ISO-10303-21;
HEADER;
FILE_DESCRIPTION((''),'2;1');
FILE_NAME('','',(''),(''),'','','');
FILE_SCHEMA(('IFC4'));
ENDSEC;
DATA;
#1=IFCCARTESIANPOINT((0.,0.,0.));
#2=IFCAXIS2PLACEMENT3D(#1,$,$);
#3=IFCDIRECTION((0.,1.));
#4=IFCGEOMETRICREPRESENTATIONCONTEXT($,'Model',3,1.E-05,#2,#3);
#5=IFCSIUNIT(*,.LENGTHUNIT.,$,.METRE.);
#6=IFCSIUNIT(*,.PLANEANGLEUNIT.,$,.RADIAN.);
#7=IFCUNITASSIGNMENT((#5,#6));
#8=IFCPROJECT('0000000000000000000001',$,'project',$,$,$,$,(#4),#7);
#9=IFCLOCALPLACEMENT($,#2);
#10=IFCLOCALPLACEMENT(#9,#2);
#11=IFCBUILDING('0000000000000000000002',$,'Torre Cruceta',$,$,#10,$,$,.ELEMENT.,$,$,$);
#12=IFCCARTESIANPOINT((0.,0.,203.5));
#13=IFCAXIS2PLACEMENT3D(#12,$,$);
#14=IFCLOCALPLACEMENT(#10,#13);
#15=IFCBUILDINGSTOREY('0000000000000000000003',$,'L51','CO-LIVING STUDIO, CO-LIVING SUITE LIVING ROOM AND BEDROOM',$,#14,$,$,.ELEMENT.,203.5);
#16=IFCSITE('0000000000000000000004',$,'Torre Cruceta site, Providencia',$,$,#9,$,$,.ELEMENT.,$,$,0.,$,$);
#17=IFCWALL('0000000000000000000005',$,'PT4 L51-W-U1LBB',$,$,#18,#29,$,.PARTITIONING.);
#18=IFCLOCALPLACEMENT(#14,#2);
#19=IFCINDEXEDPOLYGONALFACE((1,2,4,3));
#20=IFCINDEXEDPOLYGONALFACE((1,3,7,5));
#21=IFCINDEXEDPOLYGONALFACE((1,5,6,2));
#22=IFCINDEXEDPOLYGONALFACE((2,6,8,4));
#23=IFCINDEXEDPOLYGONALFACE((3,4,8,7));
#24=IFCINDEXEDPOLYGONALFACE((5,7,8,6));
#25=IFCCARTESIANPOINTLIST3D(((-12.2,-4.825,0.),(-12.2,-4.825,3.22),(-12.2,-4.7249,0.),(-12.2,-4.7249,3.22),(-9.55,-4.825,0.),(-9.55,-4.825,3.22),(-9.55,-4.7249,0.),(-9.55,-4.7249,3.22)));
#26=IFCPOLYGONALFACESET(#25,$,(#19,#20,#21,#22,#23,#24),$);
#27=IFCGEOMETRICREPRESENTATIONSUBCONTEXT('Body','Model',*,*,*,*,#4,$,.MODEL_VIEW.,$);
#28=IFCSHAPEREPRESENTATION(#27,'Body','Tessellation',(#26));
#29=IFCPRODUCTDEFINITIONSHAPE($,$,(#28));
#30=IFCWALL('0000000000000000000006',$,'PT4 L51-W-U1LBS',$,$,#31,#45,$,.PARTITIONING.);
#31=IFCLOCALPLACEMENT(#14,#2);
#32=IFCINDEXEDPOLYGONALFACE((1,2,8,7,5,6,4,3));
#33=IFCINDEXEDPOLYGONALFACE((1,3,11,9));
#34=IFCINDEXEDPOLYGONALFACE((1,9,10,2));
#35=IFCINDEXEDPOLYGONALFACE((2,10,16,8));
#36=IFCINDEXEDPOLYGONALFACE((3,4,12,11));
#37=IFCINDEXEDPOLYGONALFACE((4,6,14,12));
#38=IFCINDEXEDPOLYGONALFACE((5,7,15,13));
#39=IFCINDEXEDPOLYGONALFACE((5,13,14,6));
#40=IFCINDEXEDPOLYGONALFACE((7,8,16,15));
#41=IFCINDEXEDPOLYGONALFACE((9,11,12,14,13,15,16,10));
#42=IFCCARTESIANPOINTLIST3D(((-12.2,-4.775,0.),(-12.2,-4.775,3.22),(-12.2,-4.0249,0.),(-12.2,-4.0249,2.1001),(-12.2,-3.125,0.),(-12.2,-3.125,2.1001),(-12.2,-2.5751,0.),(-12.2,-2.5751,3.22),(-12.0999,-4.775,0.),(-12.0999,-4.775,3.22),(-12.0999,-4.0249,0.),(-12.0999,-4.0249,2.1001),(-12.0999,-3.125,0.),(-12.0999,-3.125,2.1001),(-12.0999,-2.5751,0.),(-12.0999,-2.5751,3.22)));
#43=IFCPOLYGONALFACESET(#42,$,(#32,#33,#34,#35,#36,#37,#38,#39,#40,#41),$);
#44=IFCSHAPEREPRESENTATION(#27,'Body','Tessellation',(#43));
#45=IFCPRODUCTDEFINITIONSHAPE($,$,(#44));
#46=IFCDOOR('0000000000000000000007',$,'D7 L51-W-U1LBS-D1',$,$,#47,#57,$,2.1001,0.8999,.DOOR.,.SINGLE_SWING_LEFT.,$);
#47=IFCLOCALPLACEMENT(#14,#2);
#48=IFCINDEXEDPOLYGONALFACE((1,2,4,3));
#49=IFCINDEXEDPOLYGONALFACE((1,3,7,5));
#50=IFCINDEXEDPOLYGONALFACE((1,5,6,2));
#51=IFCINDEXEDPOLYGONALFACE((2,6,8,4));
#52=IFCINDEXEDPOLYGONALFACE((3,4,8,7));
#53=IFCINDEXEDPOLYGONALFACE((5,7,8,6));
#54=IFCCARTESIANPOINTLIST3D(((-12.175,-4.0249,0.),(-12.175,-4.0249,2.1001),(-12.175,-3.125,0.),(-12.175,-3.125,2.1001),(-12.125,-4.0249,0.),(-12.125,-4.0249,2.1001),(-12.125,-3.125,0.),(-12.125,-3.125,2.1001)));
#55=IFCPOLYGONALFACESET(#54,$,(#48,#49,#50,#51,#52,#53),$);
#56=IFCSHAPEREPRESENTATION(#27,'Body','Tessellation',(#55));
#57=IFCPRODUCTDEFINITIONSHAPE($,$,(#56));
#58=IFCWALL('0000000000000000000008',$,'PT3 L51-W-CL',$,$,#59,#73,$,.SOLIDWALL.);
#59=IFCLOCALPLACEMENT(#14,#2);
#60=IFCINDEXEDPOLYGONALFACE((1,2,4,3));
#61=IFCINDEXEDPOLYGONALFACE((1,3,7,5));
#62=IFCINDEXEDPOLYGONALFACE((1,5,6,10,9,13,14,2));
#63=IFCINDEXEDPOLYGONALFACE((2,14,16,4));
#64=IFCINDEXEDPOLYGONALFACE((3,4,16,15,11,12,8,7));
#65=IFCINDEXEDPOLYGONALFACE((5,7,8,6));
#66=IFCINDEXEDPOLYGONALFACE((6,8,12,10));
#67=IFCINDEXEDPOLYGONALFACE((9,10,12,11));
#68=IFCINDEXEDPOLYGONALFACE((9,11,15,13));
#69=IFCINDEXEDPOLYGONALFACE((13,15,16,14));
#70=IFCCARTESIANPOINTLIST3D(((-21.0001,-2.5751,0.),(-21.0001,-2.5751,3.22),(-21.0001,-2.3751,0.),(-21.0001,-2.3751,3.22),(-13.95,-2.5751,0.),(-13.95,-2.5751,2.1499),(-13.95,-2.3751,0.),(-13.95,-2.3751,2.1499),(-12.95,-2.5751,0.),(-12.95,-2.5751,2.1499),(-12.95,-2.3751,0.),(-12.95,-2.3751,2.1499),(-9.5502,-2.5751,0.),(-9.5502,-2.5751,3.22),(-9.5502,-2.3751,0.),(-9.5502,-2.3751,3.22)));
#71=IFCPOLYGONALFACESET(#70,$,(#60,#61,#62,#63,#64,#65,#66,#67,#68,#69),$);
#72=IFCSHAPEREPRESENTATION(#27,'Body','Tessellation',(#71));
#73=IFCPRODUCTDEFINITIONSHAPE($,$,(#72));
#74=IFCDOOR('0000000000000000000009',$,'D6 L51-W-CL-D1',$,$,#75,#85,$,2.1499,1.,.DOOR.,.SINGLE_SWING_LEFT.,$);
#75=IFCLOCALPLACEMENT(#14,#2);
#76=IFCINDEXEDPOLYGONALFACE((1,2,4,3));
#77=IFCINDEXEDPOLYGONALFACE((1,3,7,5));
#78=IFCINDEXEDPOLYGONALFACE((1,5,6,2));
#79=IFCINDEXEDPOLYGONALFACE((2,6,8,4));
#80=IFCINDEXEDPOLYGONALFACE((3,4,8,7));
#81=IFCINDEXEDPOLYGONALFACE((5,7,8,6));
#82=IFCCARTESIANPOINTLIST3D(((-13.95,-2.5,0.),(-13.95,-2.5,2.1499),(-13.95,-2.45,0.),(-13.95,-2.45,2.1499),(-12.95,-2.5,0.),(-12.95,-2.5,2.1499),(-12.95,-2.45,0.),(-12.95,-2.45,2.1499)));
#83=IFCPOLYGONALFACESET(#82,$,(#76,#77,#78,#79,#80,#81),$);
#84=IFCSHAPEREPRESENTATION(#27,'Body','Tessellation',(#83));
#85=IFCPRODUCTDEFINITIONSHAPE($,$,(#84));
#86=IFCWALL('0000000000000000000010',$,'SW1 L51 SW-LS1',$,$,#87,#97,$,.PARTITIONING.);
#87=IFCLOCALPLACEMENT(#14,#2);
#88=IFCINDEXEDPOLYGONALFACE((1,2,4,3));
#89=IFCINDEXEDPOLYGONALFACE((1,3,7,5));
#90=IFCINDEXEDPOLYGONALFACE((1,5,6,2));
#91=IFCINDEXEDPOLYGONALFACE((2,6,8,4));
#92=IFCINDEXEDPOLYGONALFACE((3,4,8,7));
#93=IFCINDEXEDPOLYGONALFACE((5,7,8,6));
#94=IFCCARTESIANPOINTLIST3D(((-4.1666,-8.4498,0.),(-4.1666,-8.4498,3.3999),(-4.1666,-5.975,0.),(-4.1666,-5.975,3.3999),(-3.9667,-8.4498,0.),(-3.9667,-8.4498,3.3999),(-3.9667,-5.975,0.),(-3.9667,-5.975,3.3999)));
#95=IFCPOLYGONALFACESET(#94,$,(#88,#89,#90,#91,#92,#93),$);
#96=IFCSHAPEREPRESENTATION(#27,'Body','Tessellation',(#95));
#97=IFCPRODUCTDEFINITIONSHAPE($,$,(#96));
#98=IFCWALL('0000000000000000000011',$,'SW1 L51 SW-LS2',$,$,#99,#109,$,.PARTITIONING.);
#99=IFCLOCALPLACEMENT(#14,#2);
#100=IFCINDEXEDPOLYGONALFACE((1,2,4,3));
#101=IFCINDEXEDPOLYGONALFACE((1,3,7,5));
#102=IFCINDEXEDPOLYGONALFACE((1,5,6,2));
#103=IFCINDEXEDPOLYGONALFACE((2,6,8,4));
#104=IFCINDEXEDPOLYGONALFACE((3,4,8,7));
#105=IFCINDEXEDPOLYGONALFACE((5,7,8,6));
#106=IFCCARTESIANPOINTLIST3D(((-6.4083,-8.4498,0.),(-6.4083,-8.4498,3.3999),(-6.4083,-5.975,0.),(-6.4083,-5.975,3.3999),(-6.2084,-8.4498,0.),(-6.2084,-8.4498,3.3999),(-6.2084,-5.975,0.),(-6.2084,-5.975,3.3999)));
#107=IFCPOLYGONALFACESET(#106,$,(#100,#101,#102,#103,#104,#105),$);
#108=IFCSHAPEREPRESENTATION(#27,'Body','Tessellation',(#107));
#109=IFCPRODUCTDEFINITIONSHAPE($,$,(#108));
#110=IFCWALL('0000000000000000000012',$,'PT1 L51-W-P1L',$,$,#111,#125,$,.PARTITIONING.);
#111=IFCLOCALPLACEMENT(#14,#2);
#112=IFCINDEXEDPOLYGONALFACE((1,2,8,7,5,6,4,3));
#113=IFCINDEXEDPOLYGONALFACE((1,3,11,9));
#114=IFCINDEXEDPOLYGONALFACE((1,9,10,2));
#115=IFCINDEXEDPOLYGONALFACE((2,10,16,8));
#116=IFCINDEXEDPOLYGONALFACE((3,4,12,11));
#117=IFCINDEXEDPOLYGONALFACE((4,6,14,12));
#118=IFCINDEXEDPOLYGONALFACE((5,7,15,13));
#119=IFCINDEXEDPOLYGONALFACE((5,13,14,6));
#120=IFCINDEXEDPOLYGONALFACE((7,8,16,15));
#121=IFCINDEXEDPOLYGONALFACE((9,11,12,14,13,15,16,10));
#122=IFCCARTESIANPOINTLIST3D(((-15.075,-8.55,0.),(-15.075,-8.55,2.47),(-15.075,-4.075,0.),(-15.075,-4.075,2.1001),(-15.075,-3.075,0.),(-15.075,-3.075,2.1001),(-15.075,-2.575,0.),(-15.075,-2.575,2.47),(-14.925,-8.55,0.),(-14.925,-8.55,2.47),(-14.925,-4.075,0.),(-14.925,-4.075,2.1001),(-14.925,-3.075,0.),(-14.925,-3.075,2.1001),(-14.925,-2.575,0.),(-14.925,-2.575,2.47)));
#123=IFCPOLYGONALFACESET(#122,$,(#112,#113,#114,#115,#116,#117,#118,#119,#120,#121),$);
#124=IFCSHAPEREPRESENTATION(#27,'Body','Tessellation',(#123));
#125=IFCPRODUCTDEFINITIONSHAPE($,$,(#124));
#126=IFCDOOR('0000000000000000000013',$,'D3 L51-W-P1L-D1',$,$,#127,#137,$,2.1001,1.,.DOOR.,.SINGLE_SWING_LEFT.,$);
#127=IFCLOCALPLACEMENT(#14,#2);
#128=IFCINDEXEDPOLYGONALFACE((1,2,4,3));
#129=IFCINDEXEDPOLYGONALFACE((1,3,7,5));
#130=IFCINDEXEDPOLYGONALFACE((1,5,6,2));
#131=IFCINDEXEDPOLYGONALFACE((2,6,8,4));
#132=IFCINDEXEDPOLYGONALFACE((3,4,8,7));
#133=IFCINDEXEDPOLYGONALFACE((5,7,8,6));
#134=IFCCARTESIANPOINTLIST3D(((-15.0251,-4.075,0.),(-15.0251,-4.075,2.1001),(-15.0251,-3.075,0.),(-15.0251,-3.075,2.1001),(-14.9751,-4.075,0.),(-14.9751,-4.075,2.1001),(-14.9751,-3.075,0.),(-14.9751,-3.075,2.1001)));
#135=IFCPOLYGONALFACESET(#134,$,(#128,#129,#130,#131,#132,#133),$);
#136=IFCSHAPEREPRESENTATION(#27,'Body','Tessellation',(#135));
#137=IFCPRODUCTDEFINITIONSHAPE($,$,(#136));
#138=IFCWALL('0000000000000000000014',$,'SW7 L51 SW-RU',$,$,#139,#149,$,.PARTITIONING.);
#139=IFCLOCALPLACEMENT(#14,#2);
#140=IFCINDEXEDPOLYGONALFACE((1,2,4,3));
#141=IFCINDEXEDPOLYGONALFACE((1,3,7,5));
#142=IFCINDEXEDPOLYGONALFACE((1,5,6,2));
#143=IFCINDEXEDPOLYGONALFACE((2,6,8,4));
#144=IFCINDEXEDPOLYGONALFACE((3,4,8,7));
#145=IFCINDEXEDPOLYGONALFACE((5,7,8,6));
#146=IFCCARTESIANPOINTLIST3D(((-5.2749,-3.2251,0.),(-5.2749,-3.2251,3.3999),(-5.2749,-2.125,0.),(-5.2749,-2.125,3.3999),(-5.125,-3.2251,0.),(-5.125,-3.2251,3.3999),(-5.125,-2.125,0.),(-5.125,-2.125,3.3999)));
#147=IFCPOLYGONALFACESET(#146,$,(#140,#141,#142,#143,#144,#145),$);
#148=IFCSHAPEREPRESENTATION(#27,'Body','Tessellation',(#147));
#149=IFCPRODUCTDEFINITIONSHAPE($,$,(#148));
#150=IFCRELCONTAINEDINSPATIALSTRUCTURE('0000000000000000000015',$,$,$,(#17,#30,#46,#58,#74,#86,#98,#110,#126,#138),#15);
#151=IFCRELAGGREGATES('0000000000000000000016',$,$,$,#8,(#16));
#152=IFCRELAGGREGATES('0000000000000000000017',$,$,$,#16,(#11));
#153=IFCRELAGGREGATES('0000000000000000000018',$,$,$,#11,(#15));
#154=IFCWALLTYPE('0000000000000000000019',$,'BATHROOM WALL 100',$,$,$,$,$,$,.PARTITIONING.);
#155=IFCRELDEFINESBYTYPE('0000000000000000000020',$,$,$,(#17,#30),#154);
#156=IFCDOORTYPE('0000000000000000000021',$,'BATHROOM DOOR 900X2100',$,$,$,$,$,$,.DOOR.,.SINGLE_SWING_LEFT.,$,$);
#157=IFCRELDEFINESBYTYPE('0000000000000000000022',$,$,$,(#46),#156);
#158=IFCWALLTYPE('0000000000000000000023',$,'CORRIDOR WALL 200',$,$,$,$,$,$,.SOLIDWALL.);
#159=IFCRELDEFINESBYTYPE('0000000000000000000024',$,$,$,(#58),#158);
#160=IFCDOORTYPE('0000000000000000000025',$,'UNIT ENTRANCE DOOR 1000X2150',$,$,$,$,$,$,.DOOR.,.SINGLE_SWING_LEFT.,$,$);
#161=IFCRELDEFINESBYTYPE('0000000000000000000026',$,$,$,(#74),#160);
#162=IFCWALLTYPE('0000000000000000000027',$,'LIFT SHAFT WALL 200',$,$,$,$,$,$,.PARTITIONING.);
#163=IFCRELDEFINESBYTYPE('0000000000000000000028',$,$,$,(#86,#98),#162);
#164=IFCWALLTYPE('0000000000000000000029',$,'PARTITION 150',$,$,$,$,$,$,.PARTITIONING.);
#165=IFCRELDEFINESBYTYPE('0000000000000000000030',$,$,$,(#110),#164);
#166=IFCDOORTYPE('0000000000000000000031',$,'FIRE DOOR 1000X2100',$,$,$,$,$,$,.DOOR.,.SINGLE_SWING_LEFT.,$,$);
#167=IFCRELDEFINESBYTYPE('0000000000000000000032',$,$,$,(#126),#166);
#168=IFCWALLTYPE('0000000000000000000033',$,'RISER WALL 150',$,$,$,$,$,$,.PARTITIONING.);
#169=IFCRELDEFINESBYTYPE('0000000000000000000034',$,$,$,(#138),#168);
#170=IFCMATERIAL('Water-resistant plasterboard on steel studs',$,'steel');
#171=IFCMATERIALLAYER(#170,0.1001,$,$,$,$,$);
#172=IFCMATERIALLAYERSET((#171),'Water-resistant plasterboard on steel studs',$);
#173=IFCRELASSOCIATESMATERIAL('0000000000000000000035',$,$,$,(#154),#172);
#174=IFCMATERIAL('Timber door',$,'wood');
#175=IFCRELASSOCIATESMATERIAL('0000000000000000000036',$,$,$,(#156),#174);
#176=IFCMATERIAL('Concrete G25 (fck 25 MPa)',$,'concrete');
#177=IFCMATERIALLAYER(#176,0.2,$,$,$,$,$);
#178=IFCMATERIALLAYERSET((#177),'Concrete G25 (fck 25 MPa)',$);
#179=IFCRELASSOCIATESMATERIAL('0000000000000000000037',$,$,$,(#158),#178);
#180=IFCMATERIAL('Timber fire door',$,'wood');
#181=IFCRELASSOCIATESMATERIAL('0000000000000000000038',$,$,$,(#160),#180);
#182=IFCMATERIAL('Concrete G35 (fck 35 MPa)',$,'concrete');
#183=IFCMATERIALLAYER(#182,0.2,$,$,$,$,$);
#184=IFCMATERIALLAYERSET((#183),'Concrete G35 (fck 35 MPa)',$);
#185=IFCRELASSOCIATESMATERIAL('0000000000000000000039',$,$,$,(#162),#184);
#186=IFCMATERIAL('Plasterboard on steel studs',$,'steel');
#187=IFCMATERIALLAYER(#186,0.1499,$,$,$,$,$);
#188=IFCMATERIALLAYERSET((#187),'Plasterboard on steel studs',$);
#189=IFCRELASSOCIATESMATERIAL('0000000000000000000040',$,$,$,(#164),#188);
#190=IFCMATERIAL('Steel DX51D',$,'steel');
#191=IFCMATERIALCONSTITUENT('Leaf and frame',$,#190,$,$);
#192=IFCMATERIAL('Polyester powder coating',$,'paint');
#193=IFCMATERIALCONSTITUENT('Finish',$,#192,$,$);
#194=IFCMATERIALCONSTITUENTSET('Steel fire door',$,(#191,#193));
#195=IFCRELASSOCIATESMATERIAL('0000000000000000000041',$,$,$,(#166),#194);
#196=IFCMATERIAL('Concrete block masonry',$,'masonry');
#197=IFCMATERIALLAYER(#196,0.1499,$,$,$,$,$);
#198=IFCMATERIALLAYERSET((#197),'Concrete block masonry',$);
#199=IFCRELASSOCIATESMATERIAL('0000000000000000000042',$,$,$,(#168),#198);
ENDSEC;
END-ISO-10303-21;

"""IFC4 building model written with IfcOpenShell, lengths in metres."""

from ifc_helpers import new_model, si_unit, direction, frame, frame_2d, origin, place, context, subcontext, project, spatial, rectangle, extrude, material, layer, layer_set, constituent, constituent_set, type_object, element, fill, save


model = new_model("IFC4")

# Units and contexts
model_context = context("Model", 3, precision=1e-05, world=origin(), true_north=direction((0.0, 1.0)))
body_context = subcontext(model_context, "Body", "Model", "MODEL_VIEW")
ifc_project = project(units=[si_unit("LENGTHUNIT", "METRE"), si_unit("PLANEANGLEUNIT", "RADIAN")], contexts=[model_context])

# Site, building, storey
site_placement = place(None, origin())
site = spatial("IfcSite", under=ifc_project, at=site_placement, Name="Torre Cruceta site, Providencia", CompositionType="ELEMENT", RefElevation=0.0)
building_placement = place(site_placement, origin())
building = spatial("IfcBuilding", under=site, at=building_placement, Name="Torre Cruceta", CompositionType="ELEMENT")
storey_placement = place(building_placement, frame((0.0, 0.0, 203.5)))
storey = spatial("IfcBuildingStorey", under=building, at=storey_placement, Name="L51", Description="CO-LIVING STUDIO, CO-LIVING SUITE LIVING ROOM AND BEDROOM", CompositionType="ELEMENT", Elevation=203.5)

# Wall
ifc_material_1 = material(Name="Water-resistant plasterboard on steel studs", Category="steel")
ifc_layer_1 = layer(ifc_material_1, 0.1001)
ifc_layer_set_1 = layer_set([ifc_layer_1], Name="Water-resistant plasterboard on steel studs")
wall_type_1 = type_object("IfcWallType", Name="BATHROOM WALL 100", PredefinedType="PARTITIONING", material=ifc_layer_set_1)
wall_1_placement = place(storey_placement, frame((-9.55, -4.7749, 0.0), z_axis=(0.0, 0.0, 1.0), x_axis=(-1.0, 0.0, 0.0)))
element("IfcWall", 1, at=wall_1_placement, inside=storey, type_object=wall_type_1, Name="PT4 L51-W-U1LBB", PredefinedType="PARTITIONING", context=body_context, shape_type="SweptSolid", body=[
    extrude(rectangle(XDim=2.6499, YDim=0.1001, at=frame_2d((1.325, 0.0))), origin(), (0.0, 0.0, 1.0), 3.22),
])

# Walls, openings, doors
wall_2_placement = place(storey_placement, frame((-12.1499, -2.575, 0.0), z_axis=(0.0, 0.0, 1.0), x_axis=(0.0, -1.0, 0.0)))
wall_2 = element("IfcWall", 2, at=wall_2_placement, inside=storey, type_object=wall_type_1, Name="PT4 L51-W-U1LBS", PredefinedType="PARTITIONING", context=body_context, shape_type="SweptSolid", body=[
    extrude(rectangle(XDim=2.2, YDim=0.1001, at=frame_2d((1.1001, 0.0))), origin(), (0.0, 0.0, 1.0), 3.22),
])
opening_1_placement = place(wall_2_placement, frame((0.55, 0.0, 0.0)))
opening_1 = element("IfcOpeningElement", 3, at=opening_1_placement, cuts=wall_2, PredefinedType="OPENING", context=body_context, shape_type="SweptSolid", body=[
    extrude(rectangle(XDim=0.8999, YDim=2.1001, at=frame_2d((0.45, 1.05))), frame((0.0, 0.0601, 0.0), z_axis=(0.0, -1.0, 0.0), x_axis=(1.0, 0.0, 0.0)), (0.0, 0.0, 1.0), 0.1201),
])
ifc_material_2 = material(Name="Timber door", Category="wood")
door_type_1 = type_object("IfcDoorType", Name="BATHROOM DOOR 900X2100", OperationType="SINGLE_SWING_LEFT", PredefinedType="DOOR", material=ifc_material_2)
door_1_placement = place(opening_1_placement, origin())
door_1 = element("IfcDoor", 4, at=door_1_placement, inside=storey, type_object=door_type_1, Name="D7 L51-W-U1LBS-D1", OperationType="SINGLE_SWING_LEFT", OverallHeight=2.1001, OverallWidth=0.8999, PredefinedType="DOOR", context=body_context, shape_type="SweptSolid", body=[
    extrude(rectangle(XDim=0.8999, YDim=2.1001, at=frame_2d((0.45, 1.05))), frame((0.0, 0.0249, 0.0), z_axis=(0.0, -1.0, 0.0), x_axis=(1.0, 0.0, 0.0)), (0.0, 0.0, 1.0), 0.05),
])
fill(opening_1, door_1)
ifc_material_3 = material(Name="Concrete G25 (fck 25 MPa)", Category="concrete")
ifc_layer_2 = layer(ifc_material_3, 0.2)
ifc_layer_set_2 = layer_set([ifc_layer_2], Name="Concrete G25 (fck 25 MPa)")
wall_type_2 = type_object("IfcWallType", Name="CORRIDOR WALL 200", PredefinedType="SOLIDWALL", material=ifc_layer_set_2)
wall_3_placement = place(storey_placement, frame((-9.55, -2.4751, 0.0), z_axis=(0.0, 0.0, 1.0), x_axis=(-1.0, 0.0, 0.0)))
wall_3 = element("IfcWall", 5, at=wall_3_placement, inside=storey, type_object=wall_type_2, Name="PT3 L51-W-CL", PredefinedType="SOLIDWALL", context=body_context, shape_type="SweptSolid", body=[
    extrude(rectangle(XDim=11.45, YDim=0.2, at=frame_2d((5.7251, 0.0))), origin(), (0.0, 0.0, 1.0), 3.22),
])
opening_2_placement = place(wall_3_placement, frame((3.3999, 0.0, 0.0)))
opening_2 = element("IfcOpeningElement", 6, at=opening_2_placement, cuts=wall_3, PredefinedType="OPENING", context=body_context, shape_type="SweptSolid", body=[
    extrude(rectangle(XDim=1.0, YDim=2.1499, at=frame_2d((0.5, 1.075))), frame((0.0, 0.1099, 0.0), z_axis=(0.0, -1.0, 0.0), x_axis=(1.0, 0.0, 0.0)), (0.0, 0.0, 1.0), 0.22),
])
ifc_material_4 = material(Name="Timber fire door", Category="wood")
door_type_2 = type_object("IfcDoorType", Name="UNIT ENTRANCE DOOR 1000X2150", OperationType="SINGLE_SWING_LEFT", PredefinedType="DOOR", material=ifc_material_4)
door_2_placement = place(opening_2_placement, origin())
door_2 = element("IfcDoor", 7, at=door_2_placement, inside=storey, type_object=door_type_2, Name="D6 L51-W-CL-D1", OperationType="SINGLE_SWING_LEFT", OverallHeight=2.1499, OverallWidth=1.0, PredefinedType="DOOR", context=body_context, shape_type="SweptSolid", body=[
    extrude(rectangle(XDim=1.0, YDim=2.1499, at=frame_2d((0.5, 1.075))), frame((0.0, 0.0249, 0.0), z_axis=(0.0, -1.0, 0.0), x_axis=(1.0, 0.0, 0.0)), (0.0, 0.0, 1.0), 0.05),
])
fill(opening_2, door_2)

# Walls
ifc_material_5 = material(Name="Concrete G35 (fck 35 MPa)", Category="concrete")
ifc_layer_3 = layer(ifc_material_5, 0.2)
ifc_layer_set_3 = layer_set([ifc_layer_3], Name="Concrete G35 (fck 35 MPa)")
wall_type_3 = type_object("IfcWallType", Name="LIFT SHAFT WALL 200", PredefinedType="PARTITIONING", material=ifc_layer_set_3)
for number, where, z_axis, x_axis, name in (
    (8, (-4.0667, -5.9751, 0.0), (0.0, 0.0, 1.0), (0.0, -1.0, 0.0), "SW1 L51 SW-LS1"),
    (9, (-6.3083, -5.9751, 0.0), (0.0, 0.0, 1.0), (0.0, -1.0, 0.0), "SW1 L51 SW-LS2"),
):
    element("IfcWall", number, at=place(storey_placement, frame(where, z_axis=z_axis, x_axis=x_axis)), inside=storey, type_object=wall_type_3, Name=name, PredefinedType="PARTITIONING", context=body_context, shape_type="SweptSolid", body=[
        extrude(rectangle(XDim=2.4749, YDim=0.2, at=frame_2d((1.2373, 0.0))), origin(), (0.0, 0.0, 1.0), 3.3999),
    ])

# Wall, opening, door
ifc_material_6 = material(Name="Plasterboard on steel studs", Category="steel")
ifc_layer_4 = layer(ifc_material_6, 0.1499)
ifc_layer_set_4 = layer_set([ifc_layer_4], Name="Plasterboard on steel studs")
wall_type_4 = type_object("IfcWallType", Name="PARTITION 150", PredefinedType="PARTITIONING", material=ifc_layer_set_4)
wall_4_placement = place(storey_placement, frame((-15.0, -2.575, 0.0), z_axis=(0.0, 0.0, 1.0), x_axis=(0.0, -1.0, 0.0)))
wall_4 = element("IfcWall", 10, at=wall_4_placement, inside=storey, type_object=wall_type_4, Name="PT1 L51-W-P1L", PredefinedType="PARTITIONING", context=body_context, shape_type="SweptSolid", body=[
    extrude(rectangle(XDim=5.9751, YDim=0.1499, at=frame_2d((2.9875, 0.0))), origin(), (0.0, 0.0, 1.0), 2.47),
])
opening_3_placement = place(wall_4_placement, frame((0.5, 0.0, 0.0)))
opening_3 = element("IfcOpeningElement", 11, at=opening_3_placement, cuts=wall_4, PredefinedType="OPENING", context=body_context, shape_type="SweptSolid", body=[
    extrude(rectangle(XDim=1.0, YDim=2.1001, at=frame_2d((0.5, 1.05))), frame((0.0, 0.085, 0.0), z_axis=(0.0, -1.0, 0.0), x_axis=(1.0, 0.0, 0.0)), (0.0, 0.0, 1.0), 0.1699),
])
ifc_material_7 = material(Name="Steel DX51D", Category="steel")
ifc_constituent_1 = constituent(ifc_material_7, Name="Leaf and frame")
ifc_material_8 = material(Name="Polyester powder coating", Category="paint")
ifc_constituent_2 = constituent(ifc_material_8, Name="Finish")
ifc_constituent_set_1 = constituent_set(constituents=[ifc_constituent_1, ifc_constituent_2], Name="Steel fire door")
door_type_3 = type_object("IfcDoorType", Name="FIRE DOOR 1000X2100", OperationType="SINGLE_SWING_LEFT", PredefinedType="DOOR", material=ifc_constituent_set_1)
door_3_placement = place(opening_3_placement, origin())
door_3 = element("IfcDoor", 12, at=door_3_placement, inside=storey, type_object=door_type_3, Name="D3 L51-W-P1L-D1", OperationType="SINGLE_SWING_LEFT", OverallHeight=2.1001, OverallWidth=1.0, PredefinedType="DOOR", context=body_context, shape_type="SweptSolid", body=[
    extrude(rectangle(XDim=1.0, YDim=2.1001, at=frame_2d((0.5, 1.05))), frame((0.0, 0.0249, 0.0), z_axis=(0.0, -1.0, 0.0), x_axis=(1.0, 0.0, 0.0)), (0.0, 0.0, 1.0), 0.05),
])
fill(opening_3, door_3)

# Wall
ifc_material_9 = material(Name="Concrete block masonry", Category="masonry")
ifc_layer_5 = layer(ifc_material_9, 0.1499)
ifc_layer_set_5 = layer_set([ifc_layer_5], Name="Concrete block masonry")
wall_type_5 = type_object("IfcWallType", Name="RISER WALL 150", PredefinedType="PARTITIONING", material=ifc_layer_set_5)
wall_5_placement = place(storey_placement, frame((-5.2, -2.125, 0.0), z_axis=(0.0, 0.0, 1.0), x_axis=(0.0, -1.0, 0.0)))
element("IfcWall", 13, at=wall_5_placement, inside=storey, type_object=wall_type_5, Name="SW7 L51 SW-RU", PredefinedType="PARTITIONING", context=body_context, shape_type="SweptSolid", body=[
    extrude(rectangle(XDim=1.1001, YDim=0.1499, at=frame_2d((0.55, 0.0))), origin(), (0.0, 0.0, 1.0), 3.3999),
])

save(model, "model.ifc")
